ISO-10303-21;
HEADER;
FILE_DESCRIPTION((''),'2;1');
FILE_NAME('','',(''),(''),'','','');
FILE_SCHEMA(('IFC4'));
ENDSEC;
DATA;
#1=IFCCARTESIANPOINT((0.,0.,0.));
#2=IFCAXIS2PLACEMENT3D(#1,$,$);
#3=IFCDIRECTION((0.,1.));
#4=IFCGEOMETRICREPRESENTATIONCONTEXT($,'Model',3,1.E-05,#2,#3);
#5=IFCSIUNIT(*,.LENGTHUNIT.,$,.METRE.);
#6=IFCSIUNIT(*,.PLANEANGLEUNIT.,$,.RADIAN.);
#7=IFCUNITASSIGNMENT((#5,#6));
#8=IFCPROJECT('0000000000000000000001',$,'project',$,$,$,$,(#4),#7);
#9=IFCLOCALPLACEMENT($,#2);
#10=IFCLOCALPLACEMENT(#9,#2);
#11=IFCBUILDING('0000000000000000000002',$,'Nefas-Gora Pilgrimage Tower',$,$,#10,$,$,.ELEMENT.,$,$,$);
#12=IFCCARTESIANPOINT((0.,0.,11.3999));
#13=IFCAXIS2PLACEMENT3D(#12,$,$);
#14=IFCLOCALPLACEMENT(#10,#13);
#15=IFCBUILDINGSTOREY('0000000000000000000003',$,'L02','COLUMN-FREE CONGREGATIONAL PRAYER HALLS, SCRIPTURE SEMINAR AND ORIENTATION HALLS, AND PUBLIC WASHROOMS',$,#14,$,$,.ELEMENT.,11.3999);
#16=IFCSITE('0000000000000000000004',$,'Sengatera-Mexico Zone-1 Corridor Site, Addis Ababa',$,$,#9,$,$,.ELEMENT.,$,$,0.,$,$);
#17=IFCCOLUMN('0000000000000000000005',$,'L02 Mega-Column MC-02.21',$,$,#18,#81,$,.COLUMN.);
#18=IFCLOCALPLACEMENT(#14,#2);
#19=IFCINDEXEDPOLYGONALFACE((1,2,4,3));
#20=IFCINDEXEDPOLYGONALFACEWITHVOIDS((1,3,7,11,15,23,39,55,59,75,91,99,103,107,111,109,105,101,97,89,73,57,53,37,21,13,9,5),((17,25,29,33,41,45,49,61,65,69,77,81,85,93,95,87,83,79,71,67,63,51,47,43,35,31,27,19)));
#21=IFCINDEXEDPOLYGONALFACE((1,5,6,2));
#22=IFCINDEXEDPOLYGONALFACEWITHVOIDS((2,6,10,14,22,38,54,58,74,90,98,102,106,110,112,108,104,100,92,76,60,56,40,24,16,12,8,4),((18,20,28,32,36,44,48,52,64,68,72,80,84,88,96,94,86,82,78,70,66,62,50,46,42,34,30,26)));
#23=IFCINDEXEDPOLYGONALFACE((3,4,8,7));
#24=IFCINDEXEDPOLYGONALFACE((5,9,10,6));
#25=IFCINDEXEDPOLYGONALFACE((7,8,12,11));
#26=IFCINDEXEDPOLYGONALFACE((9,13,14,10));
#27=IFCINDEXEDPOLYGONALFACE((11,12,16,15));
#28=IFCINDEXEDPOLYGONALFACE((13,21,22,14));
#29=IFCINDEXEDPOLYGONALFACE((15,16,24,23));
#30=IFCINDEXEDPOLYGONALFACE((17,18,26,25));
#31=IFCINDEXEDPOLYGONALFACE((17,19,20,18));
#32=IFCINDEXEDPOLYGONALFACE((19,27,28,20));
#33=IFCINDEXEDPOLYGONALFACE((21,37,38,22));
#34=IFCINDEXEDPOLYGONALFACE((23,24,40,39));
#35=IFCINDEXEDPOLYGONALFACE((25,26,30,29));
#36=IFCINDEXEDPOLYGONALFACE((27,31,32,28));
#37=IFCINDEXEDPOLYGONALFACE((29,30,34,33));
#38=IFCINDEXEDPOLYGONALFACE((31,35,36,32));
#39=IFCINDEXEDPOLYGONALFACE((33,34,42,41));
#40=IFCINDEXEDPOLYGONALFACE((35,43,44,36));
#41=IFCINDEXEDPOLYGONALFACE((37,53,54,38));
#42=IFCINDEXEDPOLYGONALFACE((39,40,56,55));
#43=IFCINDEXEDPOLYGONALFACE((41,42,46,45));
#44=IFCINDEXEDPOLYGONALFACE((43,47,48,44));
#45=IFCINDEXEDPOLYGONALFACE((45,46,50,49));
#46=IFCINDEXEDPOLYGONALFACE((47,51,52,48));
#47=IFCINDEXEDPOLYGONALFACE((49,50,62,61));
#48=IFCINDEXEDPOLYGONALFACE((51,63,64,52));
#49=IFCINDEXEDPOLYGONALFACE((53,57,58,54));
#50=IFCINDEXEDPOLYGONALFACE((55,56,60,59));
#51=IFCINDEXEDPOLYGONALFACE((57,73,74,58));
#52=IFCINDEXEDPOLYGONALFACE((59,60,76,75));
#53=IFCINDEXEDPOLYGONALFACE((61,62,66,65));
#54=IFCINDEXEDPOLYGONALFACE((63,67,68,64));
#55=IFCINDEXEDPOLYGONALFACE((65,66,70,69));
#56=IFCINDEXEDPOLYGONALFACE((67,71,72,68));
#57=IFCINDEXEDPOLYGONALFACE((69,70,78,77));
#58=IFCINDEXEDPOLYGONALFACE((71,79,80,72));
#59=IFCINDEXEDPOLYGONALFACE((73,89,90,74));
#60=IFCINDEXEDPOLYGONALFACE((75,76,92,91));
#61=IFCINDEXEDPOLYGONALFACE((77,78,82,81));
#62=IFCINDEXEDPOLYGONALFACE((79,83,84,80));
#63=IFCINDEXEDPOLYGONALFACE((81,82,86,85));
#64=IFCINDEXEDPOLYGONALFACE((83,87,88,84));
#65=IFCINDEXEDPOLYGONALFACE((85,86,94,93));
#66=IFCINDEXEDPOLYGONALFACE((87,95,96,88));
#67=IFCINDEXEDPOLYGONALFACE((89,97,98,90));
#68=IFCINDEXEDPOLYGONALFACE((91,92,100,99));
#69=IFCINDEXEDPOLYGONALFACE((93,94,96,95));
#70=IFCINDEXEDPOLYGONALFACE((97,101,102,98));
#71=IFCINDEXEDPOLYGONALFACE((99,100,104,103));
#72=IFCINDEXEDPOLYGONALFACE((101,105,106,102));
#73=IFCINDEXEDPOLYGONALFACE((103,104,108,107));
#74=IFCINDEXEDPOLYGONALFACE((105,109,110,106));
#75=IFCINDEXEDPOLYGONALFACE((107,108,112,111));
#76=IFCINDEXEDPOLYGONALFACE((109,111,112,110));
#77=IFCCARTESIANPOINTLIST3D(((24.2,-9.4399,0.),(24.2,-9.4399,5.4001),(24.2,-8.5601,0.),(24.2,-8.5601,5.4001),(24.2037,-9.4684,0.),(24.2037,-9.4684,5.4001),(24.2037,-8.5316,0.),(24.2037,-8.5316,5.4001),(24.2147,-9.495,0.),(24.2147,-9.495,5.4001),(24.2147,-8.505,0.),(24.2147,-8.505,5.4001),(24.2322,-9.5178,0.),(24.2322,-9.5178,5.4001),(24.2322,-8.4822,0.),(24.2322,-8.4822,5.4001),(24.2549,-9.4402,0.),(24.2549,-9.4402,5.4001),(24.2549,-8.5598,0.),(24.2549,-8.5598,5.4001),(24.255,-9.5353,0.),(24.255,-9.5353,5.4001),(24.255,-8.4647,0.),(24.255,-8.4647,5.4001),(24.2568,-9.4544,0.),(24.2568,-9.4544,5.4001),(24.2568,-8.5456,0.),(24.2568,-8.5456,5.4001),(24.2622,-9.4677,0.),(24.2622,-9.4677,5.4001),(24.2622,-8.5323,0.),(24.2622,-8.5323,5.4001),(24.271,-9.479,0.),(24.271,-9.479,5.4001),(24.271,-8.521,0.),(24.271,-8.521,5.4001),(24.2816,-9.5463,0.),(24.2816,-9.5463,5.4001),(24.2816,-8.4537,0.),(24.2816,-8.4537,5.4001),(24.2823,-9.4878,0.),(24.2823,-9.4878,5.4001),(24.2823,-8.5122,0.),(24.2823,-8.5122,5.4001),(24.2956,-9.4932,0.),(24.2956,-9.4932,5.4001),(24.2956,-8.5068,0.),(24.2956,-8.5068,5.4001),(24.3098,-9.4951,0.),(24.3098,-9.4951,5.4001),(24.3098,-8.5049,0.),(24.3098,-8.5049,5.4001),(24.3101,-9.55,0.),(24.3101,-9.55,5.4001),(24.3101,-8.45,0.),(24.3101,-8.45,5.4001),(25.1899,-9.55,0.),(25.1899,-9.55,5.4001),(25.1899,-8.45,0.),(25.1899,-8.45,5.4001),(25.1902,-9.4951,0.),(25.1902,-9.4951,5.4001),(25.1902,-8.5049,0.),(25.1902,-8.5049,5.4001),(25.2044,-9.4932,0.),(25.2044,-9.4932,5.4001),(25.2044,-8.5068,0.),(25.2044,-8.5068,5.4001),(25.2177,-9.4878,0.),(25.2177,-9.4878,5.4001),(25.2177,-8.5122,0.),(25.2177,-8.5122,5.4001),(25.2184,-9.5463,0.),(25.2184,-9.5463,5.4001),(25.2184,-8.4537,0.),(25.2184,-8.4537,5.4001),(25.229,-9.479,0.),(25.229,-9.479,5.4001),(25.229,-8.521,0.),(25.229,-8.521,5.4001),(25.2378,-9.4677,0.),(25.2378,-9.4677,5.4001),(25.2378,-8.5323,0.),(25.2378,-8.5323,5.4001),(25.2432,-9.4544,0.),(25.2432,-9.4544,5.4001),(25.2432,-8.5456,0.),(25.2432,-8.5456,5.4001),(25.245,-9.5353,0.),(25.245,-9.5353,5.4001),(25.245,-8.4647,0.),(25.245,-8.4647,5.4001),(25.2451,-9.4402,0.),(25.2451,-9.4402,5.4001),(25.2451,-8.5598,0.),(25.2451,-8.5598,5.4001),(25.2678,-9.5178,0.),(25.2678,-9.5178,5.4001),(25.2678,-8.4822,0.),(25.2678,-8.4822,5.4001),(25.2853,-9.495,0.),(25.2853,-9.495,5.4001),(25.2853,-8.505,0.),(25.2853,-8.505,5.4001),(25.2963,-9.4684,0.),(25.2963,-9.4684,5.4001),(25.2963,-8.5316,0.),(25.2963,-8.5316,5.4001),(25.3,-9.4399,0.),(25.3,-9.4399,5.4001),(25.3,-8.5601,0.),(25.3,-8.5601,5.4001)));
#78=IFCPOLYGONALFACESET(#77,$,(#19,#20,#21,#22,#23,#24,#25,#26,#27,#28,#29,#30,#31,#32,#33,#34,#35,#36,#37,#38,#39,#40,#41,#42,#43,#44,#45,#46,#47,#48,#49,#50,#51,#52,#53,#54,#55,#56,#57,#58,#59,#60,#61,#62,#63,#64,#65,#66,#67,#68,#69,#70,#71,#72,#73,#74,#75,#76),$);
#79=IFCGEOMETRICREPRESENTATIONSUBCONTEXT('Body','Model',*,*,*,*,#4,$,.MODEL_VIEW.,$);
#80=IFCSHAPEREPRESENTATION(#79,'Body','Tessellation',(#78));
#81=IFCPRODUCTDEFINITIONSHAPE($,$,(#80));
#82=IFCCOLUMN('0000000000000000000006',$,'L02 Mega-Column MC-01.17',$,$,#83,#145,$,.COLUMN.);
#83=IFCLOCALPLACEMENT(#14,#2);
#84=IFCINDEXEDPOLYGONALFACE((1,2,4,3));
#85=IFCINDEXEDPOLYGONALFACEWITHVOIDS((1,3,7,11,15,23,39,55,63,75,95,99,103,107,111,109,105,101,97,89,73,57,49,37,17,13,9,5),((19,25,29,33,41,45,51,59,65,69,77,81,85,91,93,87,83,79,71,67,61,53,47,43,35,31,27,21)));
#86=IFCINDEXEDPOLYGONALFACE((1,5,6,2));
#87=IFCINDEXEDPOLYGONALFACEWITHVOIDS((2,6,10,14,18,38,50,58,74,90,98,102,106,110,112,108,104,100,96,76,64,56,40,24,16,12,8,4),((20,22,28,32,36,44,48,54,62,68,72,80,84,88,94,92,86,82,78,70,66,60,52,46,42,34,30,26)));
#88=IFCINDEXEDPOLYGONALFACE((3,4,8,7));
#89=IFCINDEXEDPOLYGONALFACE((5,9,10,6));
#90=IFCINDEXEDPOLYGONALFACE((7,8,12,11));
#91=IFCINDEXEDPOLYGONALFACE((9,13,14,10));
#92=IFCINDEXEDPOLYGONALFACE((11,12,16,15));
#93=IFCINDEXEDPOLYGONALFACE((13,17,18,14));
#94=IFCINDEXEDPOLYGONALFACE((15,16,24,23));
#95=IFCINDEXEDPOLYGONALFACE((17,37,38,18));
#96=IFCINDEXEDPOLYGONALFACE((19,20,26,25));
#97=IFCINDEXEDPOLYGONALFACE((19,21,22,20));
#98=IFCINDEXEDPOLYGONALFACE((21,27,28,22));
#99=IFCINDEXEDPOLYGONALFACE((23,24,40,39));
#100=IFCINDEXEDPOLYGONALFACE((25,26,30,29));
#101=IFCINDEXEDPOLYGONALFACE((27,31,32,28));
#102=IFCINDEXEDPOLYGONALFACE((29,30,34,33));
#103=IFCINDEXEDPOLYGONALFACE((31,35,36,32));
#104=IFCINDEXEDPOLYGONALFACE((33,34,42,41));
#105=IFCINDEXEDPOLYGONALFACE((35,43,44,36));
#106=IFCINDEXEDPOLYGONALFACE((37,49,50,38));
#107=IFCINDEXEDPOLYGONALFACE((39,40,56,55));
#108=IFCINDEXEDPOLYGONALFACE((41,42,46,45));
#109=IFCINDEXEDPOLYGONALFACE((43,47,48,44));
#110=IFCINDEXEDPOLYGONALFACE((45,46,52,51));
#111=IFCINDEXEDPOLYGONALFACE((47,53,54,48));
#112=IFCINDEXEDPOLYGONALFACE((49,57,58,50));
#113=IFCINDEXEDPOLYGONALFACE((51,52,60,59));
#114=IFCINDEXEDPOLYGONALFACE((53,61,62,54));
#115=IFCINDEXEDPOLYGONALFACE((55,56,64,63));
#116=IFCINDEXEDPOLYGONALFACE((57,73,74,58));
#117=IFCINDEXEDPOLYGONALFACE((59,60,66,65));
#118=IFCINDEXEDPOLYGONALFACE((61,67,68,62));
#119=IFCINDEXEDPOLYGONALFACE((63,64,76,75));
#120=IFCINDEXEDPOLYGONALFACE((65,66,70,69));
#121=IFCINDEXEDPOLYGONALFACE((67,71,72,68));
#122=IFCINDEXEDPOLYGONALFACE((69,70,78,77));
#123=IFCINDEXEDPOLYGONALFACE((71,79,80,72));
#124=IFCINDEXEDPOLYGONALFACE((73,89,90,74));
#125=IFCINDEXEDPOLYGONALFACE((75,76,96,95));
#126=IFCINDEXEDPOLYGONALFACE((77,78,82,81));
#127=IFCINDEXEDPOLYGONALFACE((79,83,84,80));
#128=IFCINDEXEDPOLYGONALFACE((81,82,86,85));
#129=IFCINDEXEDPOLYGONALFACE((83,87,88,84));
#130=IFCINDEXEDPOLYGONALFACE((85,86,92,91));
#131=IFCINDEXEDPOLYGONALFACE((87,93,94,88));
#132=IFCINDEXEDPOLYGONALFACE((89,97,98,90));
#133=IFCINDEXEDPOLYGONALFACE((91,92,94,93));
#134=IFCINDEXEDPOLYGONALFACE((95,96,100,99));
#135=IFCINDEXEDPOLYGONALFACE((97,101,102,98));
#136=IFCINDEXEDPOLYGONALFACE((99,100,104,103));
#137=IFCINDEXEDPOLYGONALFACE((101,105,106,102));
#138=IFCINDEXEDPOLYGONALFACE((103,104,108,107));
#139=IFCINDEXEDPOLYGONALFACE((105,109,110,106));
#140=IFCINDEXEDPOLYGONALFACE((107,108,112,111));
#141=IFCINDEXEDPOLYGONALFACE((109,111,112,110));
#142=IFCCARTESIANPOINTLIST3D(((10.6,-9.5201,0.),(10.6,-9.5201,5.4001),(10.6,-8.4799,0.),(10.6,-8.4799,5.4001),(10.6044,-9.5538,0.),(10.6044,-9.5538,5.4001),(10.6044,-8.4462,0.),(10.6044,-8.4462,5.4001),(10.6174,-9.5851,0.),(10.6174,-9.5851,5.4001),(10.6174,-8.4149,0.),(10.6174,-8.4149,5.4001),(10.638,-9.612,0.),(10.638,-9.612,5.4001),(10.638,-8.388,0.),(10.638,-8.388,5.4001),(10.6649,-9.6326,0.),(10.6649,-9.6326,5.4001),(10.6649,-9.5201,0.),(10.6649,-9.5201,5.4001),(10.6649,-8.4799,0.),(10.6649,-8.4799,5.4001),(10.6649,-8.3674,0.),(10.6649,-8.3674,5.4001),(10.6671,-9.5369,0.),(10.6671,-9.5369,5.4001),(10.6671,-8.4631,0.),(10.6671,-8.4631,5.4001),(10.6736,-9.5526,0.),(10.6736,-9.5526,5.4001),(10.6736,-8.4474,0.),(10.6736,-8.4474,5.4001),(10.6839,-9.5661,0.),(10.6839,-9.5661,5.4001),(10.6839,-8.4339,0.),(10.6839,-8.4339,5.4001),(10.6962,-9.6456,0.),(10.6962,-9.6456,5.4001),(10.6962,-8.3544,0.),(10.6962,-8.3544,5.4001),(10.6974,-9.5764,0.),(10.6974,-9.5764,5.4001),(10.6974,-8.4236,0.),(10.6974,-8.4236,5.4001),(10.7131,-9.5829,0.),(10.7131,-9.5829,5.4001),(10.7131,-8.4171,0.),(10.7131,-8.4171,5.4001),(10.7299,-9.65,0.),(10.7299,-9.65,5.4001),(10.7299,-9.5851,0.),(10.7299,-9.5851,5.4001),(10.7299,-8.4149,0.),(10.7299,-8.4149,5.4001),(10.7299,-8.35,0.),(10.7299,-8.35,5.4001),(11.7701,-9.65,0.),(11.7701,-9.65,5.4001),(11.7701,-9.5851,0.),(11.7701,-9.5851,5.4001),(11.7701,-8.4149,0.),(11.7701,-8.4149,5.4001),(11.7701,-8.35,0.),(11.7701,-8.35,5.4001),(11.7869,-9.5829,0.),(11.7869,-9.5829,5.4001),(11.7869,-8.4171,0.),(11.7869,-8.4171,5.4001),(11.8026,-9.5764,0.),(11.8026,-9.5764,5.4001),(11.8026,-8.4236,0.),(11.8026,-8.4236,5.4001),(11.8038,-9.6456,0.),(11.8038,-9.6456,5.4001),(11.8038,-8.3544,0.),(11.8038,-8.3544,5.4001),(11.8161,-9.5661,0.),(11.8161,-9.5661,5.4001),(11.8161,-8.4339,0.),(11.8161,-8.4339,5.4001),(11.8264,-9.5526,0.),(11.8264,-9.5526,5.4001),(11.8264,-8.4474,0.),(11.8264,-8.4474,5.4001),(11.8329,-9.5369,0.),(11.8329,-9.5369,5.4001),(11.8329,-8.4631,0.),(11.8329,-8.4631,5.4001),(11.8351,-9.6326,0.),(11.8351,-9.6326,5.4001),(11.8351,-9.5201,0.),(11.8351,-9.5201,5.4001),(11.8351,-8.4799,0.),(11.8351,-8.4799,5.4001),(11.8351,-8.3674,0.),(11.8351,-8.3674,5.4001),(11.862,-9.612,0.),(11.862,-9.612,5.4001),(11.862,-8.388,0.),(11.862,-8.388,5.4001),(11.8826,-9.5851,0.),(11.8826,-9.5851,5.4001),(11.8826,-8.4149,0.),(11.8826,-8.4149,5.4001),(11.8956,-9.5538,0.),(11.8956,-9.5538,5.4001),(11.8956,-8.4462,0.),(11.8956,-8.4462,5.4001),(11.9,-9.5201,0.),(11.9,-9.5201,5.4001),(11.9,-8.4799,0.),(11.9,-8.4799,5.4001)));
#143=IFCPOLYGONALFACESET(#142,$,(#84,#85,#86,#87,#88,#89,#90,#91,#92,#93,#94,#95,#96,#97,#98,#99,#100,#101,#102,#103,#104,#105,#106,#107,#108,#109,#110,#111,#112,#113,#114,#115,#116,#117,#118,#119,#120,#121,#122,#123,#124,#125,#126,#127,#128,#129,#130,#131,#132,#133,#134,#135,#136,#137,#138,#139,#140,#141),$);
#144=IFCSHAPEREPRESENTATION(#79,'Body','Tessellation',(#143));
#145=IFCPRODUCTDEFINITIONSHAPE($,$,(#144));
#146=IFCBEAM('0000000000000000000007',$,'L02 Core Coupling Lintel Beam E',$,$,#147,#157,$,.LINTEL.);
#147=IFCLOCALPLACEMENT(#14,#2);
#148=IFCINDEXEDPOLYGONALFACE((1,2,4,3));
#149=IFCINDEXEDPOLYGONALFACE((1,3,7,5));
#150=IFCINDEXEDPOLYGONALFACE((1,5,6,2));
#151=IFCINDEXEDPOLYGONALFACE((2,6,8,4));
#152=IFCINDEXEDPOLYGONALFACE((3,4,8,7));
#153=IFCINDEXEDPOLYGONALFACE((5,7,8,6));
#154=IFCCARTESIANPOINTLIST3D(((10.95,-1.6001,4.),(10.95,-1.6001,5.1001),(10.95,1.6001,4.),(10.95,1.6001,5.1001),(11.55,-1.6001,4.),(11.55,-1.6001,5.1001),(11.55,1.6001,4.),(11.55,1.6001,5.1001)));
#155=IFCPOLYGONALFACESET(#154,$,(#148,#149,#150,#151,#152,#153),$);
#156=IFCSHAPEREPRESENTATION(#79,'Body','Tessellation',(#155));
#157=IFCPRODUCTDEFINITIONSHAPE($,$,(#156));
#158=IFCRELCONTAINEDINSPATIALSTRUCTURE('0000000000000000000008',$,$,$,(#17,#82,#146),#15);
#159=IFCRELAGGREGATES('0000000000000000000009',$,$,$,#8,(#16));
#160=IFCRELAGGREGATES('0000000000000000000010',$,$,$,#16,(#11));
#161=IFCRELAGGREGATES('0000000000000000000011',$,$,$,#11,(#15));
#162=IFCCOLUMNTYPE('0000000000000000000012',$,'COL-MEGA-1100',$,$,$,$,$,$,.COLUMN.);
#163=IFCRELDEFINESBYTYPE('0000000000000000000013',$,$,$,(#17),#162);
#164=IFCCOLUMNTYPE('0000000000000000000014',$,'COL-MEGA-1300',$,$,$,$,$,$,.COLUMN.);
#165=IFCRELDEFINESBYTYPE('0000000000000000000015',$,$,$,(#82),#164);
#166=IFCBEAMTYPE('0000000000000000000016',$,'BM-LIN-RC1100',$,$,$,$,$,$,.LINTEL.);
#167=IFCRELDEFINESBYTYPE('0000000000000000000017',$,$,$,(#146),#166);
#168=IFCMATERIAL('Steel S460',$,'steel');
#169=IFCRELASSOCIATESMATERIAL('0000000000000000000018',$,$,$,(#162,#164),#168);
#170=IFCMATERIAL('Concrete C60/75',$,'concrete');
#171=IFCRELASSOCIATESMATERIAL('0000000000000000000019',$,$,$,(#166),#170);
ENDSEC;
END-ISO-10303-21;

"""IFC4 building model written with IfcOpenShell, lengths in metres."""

from ifc_helpers import new_model, si_unit, direction, frame, origin, origin_2d, place, context, subcontext, project, spatial, rectangle, hollow_rectangle, extrude, source, transform, mapped, material, material_profile, profile_set, type_object, element, save


model = new_model("IFC4")

# Units and contexts
model_context = context("Model", 3, precision=1e-05, world=origin(), true_north=direction((0.0, 1.0)))
body_context = subcontext(model_context, "Body", "Model", "MODEL_VIEW")
ifc_project = project(units=[si_unit("LENGTHUNIT", "METRE"), si_unit("PLANEANGLEUNIT", "RADIAN")], contexts=[model_context])

# Site, building, storey
site_placement = place(None, origin())
site = spatial("IfcSite", under=ifc_project, at=site_placement, Name="Sengatera-Mexico Zone-1 Corridor Site, Addis Ababa", CompositionType="ELEMENT", RefElevation=0.0)
building_placement = place(site_placement, origin())
building = spatial("IfcBuilding", under=site, at=building_placement, Name="Nefas-Gora Pilgrimage Tower", CompositionType="ELEMENT")
storey_placement = place(building_placement, frame((0.0, 0.0, 11.3999)))
storey = spatial("IfcBuildingStorey", under=building, at=storey_placement, Name="L02", Description="COLUMN-FREE CONGREGATIONAL PRAYER HALLS, SCRIPTURE SEMINAR AND ORIENTATION HALLS, AND PUBLIC WASHROOMS", CompositionType="ELEMENT", Elevation=11.3999)

# Columns
ifc_material_1 = material(Name="Steel S460", Category="steel")
ifc_material_profile_1 = material_profile(ifc_material_1, hollow_rectangle(XDim=1.1001, YDim=1.1001, WallThickness=0.0549, InnerFilletRadius=0.0549, OuterFilletRadius=0.1101, at=origin_2d()), Name="BOX 1100x1100x55")
ifc_profile_set_1 = profile_set([ifc_material_profile_1], Name="Steel S460")
column_type_1 = type_object("IfcColumnType", Name="COL-MEGA-1100", PredefinedType="COLUMN", material=ifc_profile_set_1)
shared_shape_1 = source(origin(), body_context, "Body", "SweptSolid", [
    extrude(hollow_rectangle(XDim=1.1001, YDim=1.1001, WallThickness=0.0549, InnerFilletRadius=0.0549, OuterFilletRadius=0.1101, at=origin_2d()), origin(), (0.0, 0.0, 1.0), 5.4001),
])
column_1_placement = place(storey_placement, frame((24.75, -9.0, 0.0), z_axis=(0.0, 0.0, 1.0), x_axis=(1.0, 0.0, 0.0)))
element("IfcColumn", 1, at=column_1_placement, inside=storey, type_object=column_type_1, Name="L02 Mega-Column MC-02.21", PredefinedType="COLUMN", context=body_context, shape_type="MappedRepresentation", body=[
    mapped(shared_shape_1, transform((0.0, 0.0, 0.0), x_axis=(1.0, 0.0, 0.0), y_axis=(0.0, 1.0, 0.0), z_axis=(0.0, 0.0, 1.0), scale=1.0)),
])
ifc_material_profile_2 = material_profile(ifc_material_1, hollow_rectangle(XDim=1.3, YDim=1.3, WallThickness=0.0649, InnerFilletRadius=0.0649, OuterFilletRadius=0.1299, at=origin_2d()), Name="BOX 1300x1300x65")
ifc_profile_set_2 = profile_set([ifc_material_profile_2], Name="Steel S460")
column_type_2 = type_object("IfcColumnType", Name="COL-MEGA-1300", PredefinedType="COLUMN", material=ifc_profile_set_2)
shared_shape_2 = source(origin(), body_context, "Body", "SweptSolid", [
    extrude(hollow_rectangle(XDim=1.3, YDim=1.3, WallThickness=0.0649, InnerFilletRadius=0.0649, OuterFilletRadius=0.1299, at=origin_2d()), origin(), (0.0, 0.0, 1.0), 5.4001),
])
column_2_placement = place(storey_placement, frame((11.25, -9.0, 0.0), z_axis=(0.0, 0.0, 1.0), x_axis=(1.0, 0.0, 0.0)))
element("IfcColumn", 2, at=column_2_placement, inside=storey, type_object=column_type_2, Name="L02 Mega-Column MC-01.17", PredefinedType="COLUMN", context=body_context, shape_type="MappedRepresentation", body=[
    mapped(shared_shape_2, transform((0.0, 0.0, 0.0), x_axis=(1.0, 0.0, 0.0), y_axis=(0.0, 1.0, 0.0), z_axis=(0.0, 0.0, 1.0), scale=1.0)),
])

# Beam
ifc_material_2 = material(Name="Concrete C60/75", Category="concrete")
ifc_material_profile_3 = material_profile(ifc_material_2, rectangle(XDim=0.6001, YDim=1.1001, at=origin_2d()), Name="RC 600x1100")
ifc_profile_set_3 = profile_set([ifc_material_profile_3], Name="Concrete C60/75")
beam_type_1 = type_object("IfcBeamType", Name="BM-LIN-RC1100", PredefinedType="LINTEL", material=ifc_profile_set_3)
shared_shape_3 = source(origin(), body_context, "Body", "SweptSolid", [
    extrude(rectangle(XDim=0.6001, YDim=1.1001, at=origin_2d()), origin(), (0.0, 0.0, 1.0), 3.2002),
])
beam_1_placement = place(storey_placement, frame((11.25, -1.6001, 4.55), z_axis=(0.0, 1.0, 0.0), x_axis=(-1.0, 0.0, 0.0)))
element("IfcBeam", 3, at=beam_1_placement, inside=storey, type_object=beam_type_1, Name="L02 Core Coupling Lintel Beam E", PredefinedType="LINTEL", context=body_context, shape_type="MappedRepresentation", body=[
    mapped(shared_shape_3, transform((0.0, 0.0, 0.0), x_axis=(1.0, 0.0, 0.0), y_axis=(0.0, 1.0, 0.0), z_axis=(0.0, 0.0, 1.0), scale=1.0)),
])

save(model, "model.ifc")
